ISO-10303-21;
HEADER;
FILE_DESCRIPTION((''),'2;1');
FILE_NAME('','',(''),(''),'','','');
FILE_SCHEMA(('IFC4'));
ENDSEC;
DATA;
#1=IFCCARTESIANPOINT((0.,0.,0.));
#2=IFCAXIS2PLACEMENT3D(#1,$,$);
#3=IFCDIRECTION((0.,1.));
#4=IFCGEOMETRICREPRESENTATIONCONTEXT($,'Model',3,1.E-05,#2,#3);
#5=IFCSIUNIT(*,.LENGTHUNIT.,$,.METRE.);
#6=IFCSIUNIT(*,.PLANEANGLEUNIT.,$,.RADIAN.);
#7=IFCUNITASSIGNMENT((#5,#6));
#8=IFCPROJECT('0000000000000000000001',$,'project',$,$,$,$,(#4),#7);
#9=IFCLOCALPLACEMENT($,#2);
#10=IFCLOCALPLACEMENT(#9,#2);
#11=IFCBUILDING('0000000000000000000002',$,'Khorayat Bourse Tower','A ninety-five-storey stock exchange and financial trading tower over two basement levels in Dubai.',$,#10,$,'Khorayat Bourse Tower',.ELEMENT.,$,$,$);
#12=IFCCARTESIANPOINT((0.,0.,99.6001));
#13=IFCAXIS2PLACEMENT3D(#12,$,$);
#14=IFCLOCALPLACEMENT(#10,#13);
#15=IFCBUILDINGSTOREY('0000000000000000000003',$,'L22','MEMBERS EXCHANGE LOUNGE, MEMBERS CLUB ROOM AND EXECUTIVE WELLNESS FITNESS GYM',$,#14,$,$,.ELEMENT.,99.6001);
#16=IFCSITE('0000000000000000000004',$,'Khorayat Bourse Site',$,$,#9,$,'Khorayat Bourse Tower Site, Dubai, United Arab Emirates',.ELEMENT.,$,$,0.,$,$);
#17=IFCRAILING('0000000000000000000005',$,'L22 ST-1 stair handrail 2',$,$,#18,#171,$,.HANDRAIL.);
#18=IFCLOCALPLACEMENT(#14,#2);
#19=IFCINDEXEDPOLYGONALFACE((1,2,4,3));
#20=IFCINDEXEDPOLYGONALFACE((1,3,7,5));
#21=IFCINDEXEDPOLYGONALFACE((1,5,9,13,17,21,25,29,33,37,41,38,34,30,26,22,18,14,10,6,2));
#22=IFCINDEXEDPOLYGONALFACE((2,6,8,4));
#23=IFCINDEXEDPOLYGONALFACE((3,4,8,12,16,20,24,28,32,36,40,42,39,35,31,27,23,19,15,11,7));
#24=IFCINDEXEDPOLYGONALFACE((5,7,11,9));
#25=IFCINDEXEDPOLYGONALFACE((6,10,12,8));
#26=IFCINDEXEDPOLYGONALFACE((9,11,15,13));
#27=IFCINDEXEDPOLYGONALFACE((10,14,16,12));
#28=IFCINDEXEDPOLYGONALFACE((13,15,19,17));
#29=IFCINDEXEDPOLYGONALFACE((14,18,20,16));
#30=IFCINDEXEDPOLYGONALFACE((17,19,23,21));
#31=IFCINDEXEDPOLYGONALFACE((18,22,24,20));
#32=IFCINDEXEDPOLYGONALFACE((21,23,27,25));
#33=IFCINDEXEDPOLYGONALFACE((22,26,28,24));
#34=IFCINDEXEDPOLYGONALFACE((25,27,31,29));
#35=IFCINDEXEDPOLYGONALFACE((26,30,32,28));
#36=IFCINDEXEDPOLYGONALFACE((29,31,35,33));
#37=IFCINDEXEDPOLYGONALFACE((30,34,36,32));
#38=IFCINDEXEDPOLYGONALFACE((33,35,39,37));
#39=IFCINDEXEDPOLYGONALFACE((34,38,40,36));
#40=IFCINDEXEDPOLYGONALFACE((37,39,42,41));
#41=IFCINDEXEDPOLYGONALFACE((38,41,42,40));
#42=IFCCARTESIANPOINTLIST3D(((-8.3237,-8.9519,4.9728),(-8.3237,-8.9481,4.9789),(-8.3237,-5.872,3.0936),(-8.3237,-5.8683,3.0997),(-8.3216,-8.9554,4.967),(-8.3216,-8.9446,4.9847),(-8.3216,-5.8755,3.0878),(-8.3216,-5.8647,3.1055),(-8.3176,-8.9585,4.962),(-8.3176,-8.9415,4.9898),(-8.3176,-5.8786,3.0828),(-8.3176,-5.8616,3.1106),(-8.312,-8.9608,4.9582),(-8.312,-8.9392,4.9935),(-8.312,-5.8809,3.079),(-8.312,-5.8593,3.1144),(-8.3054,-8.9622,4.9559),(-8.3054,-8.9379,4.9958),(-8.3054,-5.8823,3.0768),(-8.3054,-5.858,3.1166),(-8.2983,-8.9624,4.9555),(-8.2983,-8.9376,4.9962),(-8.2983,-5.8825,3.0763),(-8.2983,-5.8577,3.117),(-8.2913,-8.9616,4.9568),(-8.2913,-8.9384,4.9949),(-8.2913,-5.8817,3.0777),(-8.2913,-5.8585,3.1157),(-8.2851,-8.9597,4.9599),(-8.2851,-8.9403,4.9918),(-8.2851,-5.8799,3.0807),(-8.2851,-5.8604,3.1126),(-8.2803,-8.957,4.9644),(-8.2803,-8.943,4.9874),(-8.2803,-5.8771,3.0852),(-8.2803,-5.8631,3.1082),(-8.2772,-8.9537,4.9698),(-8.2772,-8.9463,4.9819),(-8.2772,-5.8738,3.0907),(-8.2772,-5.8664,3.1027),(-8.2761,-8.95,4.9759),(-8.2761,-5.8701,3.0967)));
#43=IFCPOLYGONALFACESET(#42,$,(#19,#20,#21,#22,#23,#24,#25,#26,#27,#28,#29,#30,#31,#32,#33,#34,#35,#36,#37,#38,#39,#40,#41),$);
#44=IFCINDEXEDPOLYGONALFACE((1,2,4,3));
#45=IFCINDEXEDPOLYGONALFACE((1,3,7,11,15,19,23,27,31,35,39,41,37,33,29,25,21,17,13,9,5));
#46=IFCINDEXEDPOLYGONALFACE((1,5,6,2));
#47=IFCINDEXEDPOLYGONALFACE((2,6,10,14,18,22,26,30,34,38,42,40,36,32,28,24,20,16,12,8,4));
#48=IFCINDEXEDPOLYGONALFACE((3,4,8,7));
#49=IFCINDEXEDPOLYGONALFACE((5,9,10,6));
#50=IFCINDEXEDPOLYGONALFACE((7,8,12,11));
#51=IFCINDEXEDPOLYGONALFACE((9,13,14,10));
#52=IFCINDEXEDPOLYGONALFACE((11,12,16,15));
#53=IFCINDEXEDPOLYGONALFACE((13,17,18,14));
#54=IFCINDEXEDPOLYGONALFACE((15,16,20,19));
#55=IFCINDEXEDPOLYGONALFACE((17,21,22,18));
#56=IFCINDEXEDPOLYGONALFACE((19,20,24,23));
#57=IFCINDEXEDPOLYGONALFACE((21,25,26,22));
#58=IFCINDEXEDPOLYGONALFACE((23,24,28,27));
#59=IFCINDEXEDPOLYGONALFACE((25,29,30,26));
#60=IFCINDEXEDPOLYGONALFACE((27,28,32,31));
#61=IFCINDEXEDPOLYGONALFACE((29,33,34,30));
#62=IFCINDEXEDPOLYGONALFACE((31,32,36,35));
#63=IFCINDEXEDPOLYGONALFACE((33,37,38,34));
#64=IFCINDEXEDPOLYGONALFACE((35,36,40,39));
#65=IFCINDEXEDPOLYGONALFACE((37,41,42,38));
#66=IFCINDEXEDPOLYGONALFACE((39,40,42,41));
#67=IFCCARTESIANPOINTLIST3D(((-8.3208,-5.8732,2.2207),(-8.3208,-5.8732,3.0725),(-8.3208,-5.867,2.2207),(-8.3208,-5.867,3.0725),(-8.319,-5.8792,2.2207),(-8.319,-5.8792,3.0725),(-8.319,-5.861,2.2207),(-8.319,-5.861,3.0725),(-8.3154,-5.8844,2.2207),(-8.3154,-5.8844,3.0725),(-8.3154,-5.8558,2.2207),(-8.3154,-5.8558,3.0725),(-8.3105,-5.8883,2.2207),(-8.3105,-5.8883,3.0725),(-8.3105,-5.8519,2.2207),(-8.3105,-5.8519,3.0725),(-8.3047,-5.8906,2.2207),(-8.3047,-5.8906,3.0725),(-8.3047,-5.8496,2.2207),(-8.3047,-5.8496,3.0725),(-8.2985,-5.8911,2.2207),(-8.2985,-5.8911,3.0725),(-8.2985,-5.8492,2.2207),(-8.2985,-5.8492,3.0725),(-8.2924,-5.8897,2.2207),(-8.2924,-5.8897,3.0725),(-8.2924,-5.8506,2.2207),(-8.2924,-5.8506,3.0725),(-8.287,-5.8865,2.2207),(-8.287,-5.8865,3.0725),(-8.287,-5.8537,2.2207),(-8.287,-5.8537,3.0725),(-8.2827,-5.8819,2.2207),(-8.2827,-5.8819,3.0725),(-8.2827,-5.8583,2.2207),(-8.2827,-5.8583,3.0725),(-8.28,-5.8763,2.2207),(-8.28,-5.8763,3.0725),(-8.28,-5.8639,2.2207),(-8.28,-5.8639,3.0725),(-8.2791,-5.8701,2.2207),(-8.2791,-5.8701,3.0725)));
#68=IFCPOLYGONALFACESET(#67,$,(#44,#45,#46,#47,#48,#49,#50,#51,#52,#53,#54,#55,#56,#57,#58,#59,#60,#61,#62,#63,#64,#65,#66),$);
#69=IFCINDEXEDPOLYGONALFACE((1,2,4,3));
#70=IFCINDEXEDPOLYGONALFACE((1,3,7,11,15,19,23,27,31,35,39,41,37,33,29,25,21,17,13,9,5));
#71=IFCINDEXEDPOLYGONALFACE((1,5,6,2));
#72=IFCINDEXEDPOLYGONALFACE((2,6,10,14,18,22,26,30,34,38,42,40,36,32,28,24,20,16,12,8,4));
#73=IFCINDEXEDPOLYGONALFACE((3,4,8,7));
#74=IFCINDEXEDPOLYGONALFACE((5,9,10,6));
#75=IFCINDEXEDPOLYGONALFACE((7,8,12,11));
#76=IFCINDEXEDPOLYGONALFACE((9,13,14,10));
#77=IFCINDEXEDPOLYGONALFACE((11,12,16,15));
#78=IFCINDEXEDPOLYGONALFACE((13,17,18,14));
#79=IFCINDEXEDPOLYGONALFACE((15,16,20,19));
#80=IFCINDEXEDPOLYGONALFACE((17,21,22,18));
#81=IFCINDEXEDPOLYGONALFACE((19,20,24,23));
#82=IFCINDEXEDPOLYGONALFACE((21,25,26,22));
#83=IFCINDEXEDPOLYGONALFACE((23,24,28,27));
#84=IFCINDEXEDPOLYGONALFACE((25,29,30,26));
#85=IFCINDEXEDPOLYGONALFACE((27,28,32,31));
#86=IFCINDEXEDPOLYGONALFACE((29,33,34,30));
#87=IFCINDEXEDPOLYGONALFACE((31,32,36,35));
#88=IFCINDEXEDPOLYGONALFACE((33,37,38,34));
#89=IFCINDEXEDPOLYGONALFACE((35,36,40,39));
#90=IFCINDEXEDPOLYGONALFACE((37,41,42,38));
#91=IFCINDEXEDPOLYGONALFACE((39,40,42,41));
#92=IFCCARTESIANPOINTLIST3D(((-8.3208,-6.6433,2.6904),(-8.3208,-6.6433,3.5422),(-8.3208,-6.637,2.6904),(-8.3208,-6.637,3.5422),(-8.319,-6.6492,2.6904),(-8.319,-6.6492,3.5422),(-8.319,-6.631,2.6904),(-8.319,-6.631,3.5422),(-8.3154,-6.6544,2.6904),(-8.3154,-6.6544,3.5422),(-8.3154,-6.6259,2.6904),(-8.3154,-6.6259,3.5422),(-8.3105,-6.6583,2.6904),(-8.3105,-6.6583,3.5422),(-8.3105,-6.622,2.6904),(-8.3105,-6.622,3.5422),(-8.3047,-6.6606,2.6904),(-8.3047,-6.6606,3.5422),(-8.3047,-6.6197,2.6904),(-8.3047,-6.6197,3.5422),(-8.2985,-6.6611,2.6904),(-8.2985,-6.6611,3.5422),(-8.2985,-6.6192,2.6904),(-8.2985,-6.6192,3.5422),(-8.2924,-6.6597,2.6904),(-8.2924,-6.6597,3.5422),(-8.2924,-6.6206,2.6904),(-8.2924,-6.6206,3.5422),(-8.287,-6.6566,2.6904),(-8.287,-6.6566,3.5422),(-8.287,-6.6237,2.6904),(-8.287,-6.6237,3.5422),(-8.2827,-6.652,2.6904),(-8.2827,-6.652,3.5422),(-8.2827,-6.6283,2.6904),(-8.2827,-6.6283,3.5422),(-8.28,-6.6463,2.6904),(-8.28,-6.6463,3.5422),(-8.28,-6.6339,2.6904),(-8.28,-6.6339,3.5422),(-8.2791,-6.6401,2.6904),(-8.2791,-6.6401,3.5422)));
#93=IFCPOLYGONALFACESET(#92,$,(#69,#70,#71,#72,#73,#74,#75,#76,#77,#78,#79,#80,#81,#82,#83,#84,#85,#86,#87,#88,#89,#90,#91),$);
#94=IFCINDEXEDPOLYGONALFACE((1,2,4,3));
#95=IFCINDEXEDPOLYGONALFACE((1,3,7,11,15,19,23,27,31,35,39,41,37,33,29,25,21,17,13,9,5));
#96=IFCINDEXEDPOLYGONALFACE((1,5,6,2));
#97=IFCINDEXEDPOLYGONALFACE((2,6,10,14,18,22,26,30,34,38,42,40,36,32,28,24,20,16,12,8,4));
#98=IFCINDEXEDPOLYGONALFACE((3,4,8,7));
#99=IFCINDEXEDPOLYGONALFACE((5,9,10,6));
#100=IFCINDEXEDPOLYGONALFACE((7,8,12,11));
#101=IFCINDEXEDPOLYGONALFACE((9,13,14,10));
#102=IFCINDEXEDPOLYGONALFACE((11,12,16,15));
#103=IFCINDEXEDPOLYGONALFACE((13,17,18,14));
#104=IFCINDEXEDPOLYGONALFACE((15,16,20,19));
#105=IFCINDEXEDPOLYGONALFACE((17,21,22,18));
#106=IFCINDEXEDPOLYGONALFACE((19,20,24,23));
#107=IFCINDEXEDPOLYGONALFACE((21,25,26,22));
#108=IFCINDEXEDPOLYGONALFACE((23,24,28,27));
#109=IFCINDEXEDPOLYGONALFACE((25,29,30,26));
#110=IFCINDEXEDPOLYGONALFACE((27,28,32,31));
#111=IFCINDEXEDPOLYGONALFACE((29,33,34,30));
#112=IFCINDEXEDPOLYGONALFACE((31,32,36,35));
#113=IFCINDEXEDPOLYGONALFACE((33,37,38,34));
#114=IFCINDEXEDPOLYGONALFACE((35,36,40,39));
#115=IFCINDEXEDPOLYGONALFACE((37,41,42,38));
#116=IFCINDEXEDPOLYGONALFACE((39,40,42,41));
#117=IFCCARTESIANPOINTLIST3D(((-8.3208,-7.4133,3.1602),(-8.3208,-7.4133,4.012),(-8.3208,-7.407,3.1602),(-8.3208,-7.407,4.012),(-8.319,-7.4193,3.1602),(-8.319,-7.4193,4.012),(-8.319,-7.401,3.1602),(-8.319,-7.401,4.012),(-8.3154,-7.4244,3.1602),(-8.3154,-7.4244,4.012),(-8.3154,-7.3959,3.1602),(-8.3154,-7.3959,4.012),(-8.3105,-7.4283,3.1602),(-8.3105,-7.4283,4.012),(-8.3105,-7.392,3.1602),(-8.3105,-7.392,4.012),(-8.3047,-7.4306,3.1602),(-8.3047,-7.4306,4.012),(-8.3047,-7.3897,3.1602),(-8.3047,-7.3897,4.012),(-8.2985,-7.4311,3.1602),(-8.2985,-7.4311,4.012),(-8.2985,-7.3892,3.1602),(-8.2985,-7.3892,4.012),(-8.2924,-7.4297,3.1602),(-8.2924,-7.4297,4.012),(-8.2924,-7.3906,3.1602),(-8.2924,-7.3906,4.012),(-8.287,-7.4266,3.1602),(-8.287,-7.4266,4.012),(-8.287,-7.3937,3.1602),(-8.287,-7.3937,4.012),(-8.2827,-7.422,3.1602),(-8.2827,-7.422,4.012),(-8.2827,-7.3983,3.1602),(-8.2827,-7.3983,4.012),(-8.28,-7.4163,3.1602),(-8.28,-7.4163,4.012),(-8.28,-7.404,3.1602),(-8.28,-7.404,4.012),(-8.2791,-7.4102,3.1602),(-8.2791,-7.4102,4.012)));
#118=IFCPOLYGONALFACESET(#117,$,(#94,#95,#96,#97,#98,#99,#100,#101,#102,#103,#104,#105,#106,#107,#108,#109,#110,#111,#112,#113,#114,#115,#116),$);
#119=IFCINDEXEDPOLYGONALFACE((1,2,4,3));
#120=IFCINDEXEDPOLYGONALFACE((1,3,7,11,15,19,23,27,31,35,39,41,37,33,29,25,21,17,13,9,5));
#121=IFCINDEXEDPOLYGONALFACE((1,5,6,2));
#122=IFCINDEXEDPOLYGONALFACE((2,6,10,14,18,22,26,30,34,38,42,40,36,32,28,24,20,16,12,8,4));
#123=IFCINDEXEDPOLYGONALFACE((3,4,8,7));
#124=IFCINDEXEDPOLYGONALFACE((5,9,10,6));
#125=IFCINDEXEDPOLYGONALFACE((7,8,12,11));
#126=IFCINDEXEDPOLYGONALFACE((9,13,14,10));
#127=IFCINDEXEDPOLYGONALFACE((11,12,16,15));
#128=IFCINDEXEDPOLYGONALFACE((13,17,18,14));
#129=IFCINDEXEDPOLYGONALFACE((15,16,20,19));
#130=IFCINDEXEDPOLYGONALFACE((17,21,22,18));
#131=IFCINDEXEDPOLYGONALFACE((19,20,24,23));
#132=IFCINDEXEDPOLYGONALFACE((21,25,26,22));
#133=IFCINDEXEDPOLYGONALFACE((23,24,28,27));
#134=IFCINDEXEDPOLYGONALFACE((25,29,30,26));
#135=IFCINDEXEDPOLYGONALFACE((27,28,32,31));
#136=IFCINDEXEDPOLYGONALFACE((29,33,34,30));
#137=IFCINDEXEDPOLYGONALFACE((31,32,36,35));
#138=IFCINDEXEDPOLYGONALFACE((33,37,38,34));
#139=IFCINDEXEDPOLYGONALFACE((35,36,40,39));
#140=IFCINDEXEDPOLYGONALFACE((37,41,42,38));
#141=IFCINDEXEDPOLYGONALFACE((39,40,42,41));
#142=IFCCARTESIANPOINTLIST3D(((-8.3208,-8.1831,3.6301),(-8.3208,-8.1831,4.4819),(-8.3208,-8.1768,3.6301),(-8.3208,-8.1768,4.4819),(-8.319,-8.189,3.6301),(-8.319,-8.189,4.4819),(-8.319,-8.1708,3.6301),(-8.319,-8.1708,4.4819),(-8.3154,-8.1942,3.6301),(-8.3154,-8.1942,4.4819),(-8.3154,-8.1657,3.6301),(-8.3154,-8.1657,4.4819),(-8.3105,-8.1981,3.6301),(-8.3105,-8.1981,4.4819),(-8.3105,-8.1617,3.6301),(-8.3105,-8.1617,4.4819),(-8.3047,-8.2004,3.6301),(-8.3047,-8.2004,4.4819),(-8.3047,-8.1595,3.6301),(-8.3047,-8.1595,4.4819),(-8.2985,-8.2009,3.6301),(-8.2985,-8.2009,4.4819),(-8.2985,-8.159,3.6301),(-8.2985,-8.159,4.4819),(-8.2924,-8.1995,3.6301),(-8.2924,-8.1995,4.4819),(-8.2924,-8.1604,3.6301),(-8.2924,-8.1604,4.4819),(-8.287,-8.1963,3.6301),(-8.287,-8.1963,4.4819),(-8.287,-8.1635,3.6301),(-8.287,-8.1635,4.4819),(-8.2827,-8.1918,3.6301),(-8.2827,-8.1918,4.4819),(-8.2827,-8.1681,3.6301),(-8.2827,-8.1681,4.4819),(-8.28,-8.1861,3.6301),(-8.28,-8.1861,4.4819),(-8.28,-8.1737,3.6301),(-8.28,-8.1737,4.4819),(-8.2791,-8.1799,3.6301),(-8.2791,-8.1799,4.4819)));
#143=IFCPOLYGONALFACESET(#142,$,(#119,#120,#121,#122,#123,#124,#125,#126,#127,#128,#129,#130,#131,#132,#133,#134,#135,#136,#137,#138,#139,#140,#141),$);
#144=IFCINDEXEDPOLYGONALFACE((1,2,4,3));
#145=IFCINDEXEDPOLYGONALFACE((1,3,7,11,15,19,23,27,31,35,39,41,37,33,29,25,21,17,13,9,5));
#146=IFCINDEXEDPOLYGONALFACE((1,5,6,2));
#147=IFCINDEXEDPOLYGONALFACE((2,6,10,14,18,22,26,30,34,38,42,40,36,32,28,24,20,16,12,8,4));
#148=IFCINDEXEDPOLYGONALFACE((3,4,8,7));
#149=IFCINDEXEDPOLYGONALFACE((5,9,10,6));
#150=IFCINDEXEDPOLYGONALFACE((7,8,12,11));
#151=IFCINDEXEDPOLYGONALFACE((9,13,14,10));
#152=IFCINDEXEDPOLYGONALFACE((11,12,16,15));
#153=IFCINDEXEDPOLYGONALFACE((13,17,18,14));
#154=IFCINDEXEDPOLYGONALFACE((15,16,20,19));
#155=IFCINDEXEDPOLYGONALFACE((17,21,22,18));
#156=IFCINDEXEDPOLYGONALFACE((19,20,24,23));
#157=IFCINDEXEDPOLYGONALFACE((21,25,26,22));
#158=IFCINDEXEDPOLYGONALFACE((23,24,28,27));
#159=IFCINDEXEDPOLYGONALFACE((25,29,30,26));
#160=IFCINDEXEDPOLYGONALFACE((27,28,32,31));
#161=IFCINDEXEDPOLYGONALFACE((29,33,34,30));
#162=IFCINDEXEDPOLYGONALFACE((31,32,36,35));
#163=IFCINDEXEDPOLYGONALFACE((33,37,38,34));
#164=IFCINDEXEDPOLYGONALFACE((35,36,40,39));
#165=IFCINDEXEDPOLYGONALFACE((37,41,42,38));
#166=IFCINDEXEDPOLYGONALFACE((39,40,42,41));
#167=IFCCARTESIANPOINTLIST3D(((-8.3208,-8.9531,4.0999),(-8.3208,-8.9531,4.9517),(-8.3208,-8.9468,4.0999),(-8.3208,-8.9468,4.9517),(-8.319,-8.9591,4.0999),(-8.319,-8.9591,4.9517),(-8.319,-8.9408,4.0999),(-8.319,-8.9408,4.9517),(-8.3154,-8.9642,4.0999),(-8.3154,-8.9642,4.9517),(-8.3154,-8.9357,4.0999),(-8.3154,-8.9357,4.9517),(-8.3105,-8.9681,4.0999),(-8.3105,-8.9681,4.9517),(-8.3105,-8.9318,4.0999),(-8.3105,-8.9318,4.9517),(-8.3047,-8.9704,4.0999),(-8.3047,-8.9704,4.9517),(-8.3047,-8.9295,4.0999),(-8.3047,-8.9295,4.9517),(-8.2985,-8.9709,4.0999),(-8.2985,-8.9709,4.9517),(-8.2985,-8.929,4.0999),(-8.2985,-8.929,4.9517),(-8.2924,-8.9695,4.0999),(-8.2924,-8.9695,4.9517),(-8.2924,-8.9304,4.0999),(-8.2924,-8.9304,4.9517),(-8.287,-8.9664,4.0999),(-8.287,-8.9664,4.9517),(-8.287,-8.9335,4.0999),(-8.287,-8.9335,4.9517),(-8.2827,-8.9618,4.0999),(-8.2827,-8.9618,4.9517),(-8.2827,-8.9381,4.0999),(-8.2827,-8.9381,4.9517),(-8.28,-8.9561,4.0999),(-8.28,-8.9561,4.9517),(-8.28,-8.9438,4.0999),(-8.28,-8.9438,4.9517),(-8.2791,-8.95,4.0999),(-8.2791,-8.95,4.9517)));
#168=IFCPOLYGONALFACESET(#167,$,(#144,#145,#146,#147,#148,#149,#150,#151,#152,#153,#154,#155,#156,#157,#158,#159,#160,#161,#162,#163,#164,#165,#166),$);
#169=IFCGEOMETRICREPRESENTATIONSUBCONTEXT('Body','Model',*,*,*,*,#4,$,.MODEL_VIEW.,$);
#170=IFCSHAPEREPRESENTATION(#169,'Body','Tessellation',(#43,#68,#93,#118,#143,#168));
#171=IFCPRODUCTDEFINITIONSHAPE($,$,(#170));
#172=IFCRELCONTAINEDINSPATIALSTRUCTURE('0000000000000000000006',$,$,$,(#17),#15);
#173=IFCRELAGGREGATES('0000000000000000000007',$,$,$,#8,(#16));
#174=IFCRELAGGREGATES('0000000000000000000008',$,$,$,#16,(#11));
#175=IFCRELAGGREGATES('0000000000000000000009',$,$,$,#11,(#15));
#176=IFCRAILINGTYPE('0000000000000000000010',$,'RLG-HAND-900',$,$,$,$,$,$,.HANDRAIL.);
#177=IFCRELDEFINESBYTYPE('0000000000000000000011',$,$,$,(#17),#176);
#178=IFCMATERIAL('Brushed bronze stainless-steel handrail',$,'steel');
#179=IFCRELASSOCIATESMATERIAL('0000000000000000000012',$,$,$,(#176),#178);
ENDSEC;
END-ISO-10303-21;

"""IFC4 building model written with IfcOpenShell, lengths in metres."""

from ifc_helpers import new_model, si_unit, direction, frame, origin, origin_2d, place, context, subcontext, project, spatial, circle, extrude, source, transform, mapped, material, type_object, element, save


model = new_model("IFC4")

# Units and contexts
model_context = context("Model", 3, precision=1e-05, world=origin(), true_north=direction((0.0, 1.0)))
body_context = subcontext(model_context, "Body", "Model", "MODEL_VIEW")
ifc_project = project(units=[si_unit("LENGTHUNIT", "METRE"), si_unit("PLANEANGLEUNIT", "RADIAN")], contexts=[model_context])

# Site, building, storey
site_placement = place(None, origin())
site = spatial("IfcSite", under=ifc_project, at=site_placement, Name="Khorayat Bourse Site", LongName="Khorayat Bourse Tower Site, Dubai, United Arab Emirates", CompositionType="ELEMENT", RefElevation=0.0)
building_placement = place(site_placement, origin())
building = spatial("IfcBuilding", under=site, at=building_placement, Name="Khorayat Bourse Tower", Description="A ninety-five-storey stock exchange and financial trading tower over two basement levels in Dubai.", LongName="Khorayat Bourse Tower", CompositionType="ELEMENT")
storey_placement = place(building_placement, frame((0.0, 0.0, 99.6001)))
storey = spatial("IfcBuildingStorey", under=building, at=storey_placement, Name="L22", Description="MEMBERS EXCHANGE LOUNGE, MEMBERS CLUB ROOM AND EXECUTIVE WELLNESS FITNESS GYM", CompositionType="ELEMENT", Elevation=99.6001)

# Railing
ifc_material_1 = material(Name="Brushed bronze stainless-steel handrail", Category="steel")
railing_type_1 = type_object("IfcRailingType", Name="RLG-HAND-900", PredefinedType="HANDRAIL", material=ifc_material_1)
shared_shape_1 = source(origin(), body_context, "Body", "SweptSolid", [
    extrude(circle(Radius=0.0239, at=origin_2d()), frame((0.0, 0.0, 0.876), z_axis=(0.0, -0.853648, 0.52085), x_axis=(1.0, 0.0, 0.0)), (0.0, 0.0, 1.0), 3.6079),
    extrude(circle(Radius=0.021, at=origin_2d()), origin(), (0.0, 0.0, 1.0), 0.8518),
    extrude(circle(Radius=0.021, at=origin_2d()), frame((0.0, -0.77, 0.4697)), (0.0, 0.0, 1.0), 0.8518),
    extrude(circle(Radius=0.021, at=origin_2d()), frame((0.0, -1.54, 0.9395)), (0.0, 0.0, 1.0), 0.8518),
    extrude(circle(Radius=0.021, at=origin_2d()), frame((0.0, -2.3098, 1.4094)), (0.0, 0.0, 1.0), 0.8518),
    extrude(circle(Radius=0.021, at=origin_2d()), frame((0.0, -3.0798, 1.8792)), (0.0, 0.0, 1.0), 0.8518),
])
railing_1_placement = place(storey_placement, frame((-8.3, -5.8701, 2.2207)))
element("IfcRailing", 1, at=railing_1_placement, inside=storey, type_object=railing_type_1, Name="L22 ST-1 stair handrail 2", PredefinedType="HANDRAIL", context=body_context, shape_type="MappedRepresentation", body=[
    mapped(shared_shape_1, transform((0.0, 0.0, 0.0), scale=1.0)),
])

save(model, "model.ifc")
